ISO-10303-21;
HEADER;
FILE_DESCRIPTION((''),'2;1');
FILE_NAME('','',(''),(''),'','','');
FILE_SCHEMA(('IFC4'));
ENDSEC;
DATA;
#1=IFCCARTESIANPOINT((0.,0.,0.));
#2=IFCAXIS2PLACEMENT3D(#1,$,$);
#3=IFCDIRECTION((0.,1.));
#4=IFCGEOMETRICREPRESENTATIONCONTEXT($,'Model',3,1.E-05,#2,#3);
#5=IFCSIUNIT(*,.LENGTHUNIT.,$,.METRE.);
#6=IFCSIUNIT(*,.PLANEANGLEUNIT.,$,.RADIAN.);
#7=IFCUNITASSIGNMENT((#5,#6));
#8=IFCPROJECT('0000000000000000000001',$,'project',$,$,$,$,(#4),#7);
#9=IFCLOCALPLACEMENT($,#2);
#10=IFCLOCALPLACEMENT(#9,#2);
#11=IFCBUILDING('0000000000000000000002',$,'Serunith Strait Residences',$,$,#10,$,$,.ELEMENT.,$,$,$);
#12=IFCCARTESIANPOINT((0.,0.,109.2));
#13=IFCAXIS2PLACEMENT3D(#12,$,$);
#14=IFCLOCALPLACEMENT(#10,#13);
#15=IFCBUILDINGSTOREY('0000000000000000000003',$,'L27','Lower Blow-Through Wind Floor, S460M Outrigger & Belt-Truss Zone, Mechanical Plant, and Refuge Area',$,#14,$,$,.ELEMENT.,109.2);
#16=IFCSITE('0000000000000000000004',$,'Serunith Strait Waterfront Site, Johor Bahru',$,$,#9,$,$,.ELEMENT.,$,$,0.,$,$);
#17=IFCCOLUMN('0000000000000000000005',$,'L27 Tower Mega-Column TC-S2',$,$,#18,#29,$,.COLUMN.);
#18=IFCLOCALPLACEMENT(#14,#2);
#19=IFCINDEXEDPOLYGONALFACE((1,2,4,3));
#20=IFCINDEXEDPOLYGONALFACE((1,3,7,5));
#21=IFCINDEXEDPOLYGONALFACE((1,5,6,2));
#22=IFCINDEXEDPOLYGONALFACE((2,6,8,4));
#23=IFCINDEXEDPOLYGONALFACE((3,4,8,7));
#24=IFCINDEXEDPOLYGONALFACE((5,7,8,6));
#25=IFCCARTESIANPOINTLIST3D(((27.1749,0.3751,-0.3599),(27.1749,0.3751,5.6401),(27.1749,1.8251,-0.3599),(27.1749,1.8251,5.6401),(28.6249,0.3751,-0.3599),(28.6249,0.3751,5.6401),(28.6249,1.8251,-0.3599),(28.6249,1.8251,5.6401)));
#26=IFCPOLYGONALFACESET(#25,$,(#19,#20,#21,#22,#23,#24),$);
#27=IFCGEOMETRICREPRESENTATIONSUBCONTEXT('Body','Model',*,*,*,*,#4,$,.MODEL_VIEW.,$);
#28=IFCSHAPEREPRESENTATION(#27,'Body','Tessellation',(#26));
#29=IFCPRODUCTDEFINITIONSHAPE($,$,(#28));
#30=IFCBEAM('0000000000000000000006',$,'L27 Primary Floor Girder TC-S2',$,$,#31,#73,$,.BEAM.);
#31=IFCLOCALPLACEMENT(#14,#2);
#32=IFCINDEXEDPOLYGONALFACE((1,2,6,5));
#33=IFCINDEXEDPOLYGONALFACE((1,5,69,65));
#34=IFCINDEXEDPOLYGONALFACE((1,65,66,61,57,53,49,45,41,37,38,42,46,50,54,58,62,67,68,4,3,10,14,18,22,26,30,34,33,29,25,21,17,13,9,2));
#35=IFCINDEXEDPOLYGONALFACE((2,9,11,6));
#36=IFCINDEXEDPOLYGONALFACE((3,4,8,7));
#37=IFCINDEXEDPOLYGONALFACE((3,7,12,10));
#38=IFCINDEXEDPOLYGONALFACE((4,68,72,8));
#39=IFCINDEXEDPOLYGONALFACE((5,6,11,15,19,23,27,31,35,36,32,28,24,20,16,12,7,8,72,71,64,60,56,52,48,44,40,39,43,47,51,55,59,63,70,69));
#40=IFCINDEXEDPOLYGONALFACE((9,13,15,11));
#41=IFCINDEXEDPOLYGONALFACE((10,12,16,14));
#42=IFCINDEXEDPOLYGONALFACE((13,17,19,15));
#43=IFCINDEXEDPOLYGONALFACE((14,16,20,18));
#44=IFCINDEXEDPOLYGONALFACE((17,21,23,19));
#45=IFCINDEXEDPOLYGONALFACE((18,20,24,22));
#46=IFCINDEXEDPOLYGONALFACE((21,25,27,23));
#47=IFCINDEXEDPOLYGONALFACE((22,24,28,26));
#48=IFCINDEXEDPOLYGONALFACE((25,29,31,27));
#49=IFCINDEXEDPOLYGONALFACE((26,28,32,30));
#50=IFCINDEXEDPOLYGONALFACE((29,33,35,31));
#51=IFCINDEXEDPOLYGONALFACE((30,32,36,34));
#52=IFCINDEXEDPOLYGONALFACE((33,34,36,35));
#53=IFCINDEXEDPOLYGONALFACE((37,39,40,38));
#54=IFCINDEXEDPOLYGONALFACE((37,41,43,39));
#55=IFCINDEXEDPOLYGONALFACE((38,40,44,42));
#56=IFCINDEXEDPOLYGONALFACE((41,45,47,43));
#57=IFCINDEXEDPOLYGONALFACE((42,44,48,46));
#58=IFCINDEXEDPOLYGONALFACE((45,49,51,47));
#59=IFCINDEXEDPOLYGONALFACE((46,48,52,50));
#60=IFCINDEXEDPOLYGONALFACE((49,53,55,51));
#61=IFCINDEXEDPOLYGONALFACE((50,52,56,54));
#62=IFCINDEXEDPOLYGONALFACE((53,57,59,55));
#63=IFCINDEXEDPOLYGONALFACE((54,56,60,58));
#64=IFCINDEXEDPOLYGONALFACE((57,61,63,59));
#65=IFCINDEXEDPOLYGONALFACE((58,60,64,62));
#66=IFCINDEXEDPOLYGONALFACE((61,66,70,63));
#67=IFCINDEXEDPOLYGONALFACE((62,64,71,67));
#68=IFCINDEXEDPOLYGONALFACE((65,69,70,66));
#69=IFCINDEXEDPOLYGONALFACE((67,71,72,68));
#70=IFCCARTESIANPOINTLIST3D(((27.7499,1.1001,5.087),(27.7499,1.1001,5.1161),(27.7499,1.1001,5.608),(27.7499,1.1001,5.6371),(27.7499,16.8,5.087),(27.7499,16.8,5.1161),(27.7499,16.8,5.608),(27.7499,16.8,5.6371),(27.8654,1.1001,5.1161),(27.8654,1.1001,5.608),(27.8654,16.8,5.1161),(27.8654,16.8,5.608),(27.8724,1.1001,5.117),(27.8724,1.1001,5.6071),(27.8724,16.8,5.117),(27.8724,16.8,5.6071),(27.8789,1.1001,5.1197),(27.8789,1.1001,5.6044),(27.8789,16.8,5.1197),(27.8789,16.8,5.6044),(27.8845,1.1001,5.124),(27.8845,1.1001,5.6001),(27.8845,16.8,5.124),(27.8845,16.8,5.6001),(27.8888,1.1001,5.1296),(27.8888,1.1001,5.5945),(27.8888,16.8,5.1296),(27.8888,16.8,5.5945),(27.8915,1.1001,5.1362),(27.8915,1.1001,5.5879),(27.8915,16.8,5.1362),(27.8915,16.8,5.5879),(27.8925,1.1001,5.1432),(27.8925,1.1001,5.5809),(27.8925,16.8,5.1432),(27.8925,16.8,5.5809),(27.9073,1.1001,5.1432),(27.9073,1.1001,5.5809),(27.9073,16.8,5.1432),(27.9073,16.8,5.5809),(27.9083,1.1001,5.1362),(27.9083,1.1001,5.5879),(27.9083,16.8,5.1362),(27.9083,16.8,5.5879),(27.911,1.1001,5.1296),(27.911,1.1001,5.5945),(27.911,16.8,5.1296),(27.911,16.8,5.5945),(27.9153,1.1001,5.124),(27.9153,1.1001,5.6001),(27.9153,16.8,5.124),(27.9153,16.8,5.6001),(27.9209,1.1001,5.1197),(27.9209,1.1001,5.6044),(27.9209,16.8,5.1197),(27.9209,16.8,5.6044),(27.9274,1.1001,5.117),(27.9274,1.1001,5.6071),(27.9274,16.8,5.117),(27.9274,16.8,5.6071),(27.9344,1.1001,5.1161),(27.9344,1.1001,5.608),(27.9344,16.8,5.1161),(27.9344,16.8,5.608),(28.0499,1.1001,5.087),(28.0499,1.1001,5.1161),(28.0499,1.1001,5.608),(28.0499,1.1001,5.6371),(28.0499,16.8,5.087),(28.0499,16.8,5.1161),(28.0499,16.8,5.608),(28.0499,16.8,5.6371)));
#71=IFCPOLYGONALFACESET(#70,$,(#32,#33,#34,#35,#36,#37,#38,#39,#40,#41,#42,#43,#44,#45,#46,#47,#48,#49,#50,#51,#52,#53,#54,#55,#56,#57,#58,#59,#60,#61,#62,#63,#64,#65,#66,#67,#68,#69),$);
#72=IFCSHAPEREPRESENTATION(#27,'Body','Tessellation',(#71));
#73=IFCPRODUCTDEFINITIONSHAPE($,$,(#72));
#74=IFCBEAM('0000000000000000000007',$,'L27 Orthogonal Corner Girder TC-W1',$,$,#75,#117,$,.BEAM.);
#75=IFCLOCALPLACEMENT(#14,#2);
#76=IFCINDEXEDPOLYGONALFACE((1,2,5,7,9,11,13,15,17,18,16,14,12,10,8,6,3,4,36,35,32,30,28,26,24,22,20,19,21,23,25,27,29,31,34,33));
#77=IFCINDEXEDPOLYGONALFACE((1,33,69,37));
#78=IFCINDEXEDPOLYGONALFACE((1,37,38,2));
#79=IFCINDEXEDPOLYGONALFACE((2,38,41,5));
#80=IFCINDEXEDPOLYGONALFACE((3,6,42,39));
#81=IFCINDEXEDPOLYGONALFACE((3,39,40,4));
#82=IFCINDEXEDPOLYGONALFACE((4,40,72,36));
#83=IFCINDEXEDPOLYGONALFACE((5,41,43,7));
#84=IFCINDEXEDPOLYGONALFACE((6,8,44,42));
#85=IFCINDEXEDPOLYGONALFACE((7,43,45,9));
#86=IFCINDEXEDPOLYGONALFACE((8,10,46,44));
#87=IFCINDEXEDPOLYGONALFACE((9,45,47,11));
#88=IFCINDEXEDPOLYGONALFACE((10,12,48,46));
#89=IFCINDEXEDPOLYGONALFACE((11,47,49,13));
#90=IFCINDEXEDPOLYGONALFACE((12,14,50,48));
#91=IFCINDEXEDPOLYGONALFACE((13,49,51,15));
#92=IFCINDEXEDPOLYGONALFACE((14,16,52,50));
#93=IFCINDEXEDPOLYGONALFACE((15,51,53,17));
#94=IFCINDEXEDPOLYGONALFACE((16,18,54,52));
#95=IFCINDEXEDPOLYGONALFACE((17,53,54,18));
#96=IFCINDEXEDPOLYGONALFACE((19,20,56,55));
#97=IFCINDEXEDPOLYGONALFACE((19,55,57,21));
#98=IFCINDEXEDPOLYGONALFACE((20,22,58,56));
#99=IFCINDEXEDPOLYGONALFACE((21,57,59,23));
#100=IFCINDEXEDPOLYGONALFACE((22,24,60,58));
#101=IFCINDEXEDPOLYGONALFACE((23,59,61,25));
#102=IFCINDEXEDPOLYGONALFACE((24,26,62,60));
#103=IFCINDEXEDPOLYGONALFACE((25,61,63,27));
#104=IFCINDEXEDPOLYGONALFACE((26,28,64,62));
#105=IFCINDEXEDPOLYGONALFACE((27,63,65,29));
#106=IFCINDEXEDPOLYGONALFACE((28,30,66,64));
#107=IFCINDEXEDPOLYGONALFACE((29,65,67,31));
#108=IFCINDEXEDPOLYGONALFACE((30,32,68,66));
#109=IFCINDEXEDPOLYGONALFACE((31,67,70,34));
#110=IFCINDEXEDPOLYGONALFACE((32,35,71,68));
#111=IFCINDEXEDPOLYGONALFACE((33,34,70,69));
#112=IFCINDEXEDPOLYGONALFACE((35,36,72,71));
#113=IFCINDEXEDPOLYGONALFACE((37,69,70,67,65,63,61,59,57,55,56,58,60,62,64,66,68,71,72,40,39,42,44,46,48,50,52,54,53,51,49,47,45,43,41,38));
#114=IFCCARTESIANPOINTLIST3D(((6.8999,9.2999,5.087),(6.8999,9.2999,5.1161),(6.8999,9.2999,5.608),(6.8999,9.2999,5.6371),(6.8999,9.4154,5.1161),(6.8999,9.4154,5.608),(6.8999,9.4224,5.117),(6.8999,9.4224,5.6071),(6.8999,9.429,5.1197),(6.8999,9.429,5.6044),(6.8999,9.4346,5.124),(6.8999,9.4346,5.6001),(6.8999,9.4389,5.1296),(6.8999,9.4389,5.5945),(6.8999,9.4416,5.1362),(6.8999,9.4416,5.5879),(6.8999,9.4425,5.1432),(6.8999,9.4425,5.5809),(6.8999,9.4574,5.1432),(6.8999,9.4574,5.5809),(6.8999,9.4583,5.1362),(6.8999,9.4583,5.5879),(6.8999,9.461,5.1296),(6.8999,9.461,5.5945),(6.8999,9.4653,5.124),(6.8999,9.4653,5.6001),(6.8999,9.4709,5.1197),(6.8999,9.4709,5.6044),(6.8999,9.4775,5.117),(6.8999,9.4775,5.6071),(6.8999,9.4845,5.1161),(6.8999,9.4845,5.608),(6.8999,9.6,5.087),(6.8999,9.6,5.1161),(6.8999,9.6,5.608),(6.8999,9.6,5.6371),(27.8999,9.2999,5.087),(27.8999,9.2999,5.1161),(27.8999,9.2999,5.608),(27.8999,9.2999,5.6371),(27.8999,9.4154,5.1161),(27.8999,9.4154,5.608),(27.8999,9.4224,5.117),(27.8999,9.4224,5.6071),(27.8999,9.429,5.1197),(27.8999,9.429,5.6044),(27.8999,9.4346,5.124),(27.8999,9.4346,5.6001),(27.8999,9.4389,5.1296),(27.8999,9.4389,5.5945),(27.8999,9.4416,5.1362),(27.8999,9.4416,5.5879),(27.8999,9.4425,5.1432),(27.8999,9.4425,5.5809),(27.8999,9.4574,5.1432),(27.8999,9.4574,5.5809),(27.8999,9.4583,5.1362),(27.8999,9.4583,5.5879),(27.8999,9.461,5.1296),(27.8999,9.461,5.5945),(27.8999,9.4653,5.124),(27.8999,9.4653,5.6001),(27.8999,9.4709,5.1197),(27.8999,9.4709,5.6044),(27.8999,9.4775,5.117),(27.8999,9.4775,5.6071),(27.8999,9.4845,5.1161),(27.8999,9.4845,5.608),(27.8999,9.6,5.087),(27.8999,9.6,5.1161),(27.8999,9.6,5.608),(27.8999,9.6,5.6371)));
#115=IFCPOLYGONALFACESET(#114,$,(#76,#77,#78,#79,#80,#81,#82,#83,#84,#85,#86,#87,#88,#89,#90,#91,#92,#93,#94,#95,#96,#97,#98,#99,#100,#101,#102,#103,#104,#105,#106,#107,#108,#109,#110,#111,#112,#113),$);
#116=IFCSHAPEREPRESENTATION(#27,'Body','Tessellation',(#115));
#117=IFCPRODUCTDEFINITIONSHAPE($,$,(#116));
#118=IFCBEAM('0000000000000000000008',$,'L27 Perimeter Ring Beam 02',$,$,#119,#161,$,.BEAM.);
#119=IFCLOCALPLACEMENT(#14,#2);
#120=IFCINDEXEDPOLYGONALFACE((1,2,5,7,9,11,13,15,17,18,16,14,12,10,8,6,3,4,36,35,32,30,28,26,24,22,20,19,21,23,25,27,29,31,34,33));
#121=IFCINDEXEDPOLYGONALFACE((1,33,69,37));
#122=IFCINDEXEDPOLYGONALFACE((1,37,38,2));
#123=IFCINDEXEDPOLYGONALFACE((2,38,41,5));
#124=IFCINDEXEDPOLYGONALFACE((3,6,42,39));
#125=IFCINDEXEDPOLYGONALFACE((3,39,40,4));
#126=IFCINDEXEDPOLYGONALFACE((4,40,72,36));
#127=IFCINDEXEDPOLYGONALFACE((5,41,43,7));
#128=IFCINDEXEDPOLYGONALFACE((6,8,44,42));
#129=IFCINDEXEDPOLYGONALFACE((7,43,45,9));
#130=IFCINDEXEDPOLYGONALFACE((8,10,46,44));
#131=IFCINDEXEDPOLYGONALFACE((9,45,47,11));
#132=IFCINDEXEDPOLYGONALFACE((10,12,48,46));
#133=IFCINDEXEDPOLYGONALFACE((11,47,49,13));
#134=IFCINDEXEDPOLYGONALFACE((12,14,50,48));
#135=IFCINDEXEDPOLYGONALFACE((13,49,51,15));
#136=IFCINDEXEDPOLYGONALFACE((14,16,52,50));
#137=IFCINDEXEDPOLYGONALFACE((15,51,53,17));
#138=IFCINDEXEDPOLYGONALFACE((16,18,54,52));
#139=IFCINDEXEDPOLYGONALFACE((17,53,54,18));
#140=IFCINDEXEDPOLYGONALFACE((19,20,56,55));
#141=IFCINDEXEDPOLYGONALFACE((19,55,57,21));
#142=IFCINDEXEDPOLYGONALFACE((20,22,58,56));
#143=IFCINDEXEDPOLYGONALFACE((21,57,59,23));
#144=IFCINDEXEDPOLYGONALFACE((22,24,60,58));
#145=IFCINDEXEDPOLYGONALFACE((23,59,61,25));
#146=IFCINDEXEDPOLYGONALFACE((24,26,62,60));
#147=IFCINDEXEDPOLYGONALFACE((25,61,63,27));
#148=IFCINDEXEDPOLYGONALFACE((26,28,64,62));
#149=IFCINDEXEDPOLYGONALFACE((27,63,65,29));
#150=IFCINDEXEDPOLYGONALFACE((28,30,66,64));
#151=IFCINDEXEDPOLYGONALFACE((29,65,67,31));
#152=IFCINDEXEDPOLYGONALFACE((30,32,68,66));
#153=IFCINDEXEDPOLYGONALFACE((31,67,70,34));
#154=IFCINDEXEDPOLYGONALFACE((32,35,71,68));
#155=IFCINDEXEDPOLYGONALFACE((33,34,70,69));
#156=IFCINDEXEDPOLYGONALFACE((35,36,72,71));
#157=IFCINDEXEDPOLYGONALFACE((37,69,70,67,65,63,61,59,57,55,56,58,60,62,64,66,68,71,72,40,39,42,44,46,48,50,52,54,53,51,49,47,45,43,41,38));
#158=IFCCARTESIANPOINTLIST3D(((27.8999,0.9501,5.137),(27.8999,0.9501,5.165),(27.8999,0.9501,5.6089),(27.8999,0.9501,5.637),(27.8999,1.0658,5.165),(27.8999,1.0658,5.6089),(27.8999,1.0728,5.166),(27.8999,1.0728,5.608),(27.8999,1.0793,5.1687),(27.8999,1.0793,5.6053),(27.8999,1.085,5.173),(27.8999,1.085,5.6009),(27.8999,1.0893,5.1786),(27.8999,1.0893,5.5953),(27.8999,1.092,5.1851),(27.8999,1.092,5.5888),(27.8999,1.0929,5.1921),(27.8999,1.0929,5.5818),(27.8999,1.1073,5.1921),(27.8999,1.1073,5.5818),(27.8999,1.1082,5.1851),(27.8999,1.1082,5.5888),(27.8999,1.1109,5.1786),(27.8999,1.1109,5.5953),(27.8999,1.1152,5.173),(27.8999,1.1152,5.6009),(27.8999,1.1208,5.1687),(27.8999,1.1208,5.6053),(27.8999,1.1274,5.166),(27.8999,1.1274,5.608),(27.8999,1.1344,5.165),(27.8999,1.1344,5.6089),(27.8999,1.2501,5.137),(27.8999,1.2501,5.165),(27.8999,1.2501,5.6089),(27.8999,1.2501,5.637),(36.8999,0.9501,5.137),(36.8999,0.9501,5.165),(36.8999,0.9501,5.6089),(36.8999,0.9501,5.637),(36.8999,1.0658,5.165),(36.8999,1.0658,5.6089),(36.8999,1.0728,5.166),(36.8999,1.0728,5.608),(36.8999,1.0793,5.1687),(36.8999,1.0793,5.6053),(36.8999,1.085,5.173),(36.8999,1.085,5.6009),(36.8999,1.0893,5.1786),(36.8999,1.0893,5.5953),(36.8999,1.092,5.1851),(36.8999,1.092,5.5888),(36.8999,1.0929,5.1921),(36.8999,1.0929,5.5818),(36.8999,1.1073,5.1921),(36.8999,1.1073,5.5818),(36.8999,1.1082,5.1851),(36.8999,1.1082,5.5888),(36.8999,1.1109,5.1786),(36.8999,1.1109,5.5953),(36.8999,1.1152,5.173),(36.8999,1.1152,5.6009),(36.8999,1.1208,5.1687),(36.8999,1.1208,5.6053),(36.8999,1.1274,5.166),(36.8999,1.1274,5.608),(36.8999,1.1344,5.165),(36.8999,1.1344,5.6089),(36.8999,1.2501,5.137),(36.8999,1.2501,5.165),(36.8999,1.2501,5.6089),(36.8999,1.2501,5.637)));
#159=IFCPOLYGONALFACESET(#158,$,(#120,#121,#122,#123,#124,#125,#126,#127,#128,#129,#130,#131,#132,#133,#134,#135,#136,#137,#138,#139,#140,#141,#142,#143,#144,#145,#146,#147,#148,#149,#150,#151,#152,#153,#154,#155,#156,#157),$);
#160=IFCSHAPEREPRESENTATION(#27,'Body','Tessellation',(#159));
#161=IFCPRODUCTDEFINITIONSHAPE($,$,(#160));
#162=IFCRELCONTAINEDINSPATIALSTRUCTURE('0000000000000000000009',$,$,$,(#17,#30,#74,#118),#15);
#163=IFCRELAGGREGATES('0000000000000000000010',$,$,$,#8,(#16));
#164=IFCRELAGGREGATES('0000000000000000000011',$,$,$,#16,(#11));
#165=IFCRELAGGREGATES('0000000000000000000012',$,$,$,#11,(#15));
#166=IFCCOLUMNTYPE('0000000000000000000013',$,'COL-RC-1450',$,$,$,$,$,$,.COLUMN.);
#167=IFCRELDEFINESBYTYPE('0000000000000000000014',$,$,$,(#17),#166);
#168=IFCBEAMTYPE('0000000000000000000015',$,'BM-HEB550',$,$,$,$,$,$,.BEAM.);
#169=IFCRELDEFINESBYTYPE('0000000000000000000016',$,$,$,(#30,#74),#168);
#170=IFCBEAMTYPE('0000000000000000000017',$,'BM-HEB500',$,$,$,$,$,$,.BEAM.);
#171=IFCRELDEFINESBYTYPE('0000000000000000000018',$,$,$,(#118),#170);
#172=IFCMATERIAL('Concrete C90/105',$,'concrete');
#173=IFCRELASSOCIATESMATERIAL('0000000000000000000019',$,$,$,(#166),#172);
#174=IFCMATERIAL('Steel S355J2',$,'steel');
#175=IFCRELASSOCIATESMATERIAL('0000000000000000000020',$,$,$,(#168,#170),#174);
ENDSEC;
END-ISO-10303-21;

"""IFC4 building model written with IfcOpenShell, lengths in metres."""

from ifc_helpers import new_model, si_unit, direction, frame, origin, origin_2d, place, context, subcontext, project, spatial, rectangle, i_section, extrude, source, transform, mapped, material, material_profile, profile_set, type_object, element, save


model = new_model("IFC4")

# Units and contexts
model_context = context("Model", 3, precision=1e-05, world=origin(), true_north=direction((0.0, 1.0)))
body_context = subcontext(model_context, "Body", "Model", "MODEL_VIEW")
ifc_project = project(units=[si_unit("LENGTHUNIT", "METRE"), si_unit("PLANEANGLEUNIT", "RADIAN")], contexts=[model_context])

# Site, building, storey
site_placement = place(None, origin())
site = spatial("IfcSite", under=ifc_project, at=site_placement, Name="Serunith Strait Waterfront Site, Johor Bahru", CompositionType="ELEMENT", RefElevation=0.0)
building_placement = place(site_placement, origin())
building = spatial("IfcBuilding", under=site, at=building_placement, Name="Serunith Strait Residences", CompositionType="ELEMENT")
storey_placement = place(building_placement, frame((0.0, 0.0, 109.2)))
storey = spatial("IfcBuildingStorey", under=building, at=storey_placement, Name="L27", Description="Lower Blow-Through Wind Floor, S460M Outrigger & Belt-Truss Zone, Mechanical Plant, and Refuge Area", CompositionType="ELEMENT", Elevation=109.2)

# Column
ifc_material_1 = material(Name="Concrete C90/105", Category="concrete")
ifc_material_profile_1 = material_profile(ifc_material_1, rectangle(XDim=1.45, YDim=1.45, at=origin_2d()), Name="RC 1450x1450")
ifc_profile_set_1 = profile_set([ifc_material_profile_1], Name="Concrete C90/105")
column_type = type_object("IfcColumnType", Name="COL-RC-1450", PredefinedType="COLUMN", material=ifc_profile_set_1)
shared_shape_1 = source(origin(), body_context, "Body", "SweptSolid", [
    extrude(rectangle(XDim=1.45, YDim=1.45, at=origin_2d()), origin(), (0.0, 0.0, 1.0), 6.0),
])
column_placement = place(storey_placement, frame((27.8999, 1.1001, -0.3599), z_axis=(0.0, 0.0, 1.0), x_axis=(1.0, 0.0, 0.0)))
element("IfcColumn", 1, at=column_placement, inside=storey, type_object=column_type, Name="L27 Tower Mega-Column TC-S2", PredefinedType="COLUMN", context=body_context, shape_type="MappedRepresentation", body=[
    mapped(shared_shape_1, transform((0.0, 0.0, 0.0), scale=1.0)),
])

# Beams
ifc_material_2 = material(Name="Steel S355J2", Category="steel")
ifc_material_profile_2 = material_profile(ifc_material_2, i_section(OverallWidth=0.3, OverallDepth=0.55, WebThickness=0.0149, FlangeThickness=0.0291, FilletRadius=0.0271, at=origin_2d()), Name="HEB 550")
ifc_profile_set_2 = profile_set([ifc_material_profile_2], Name="Steel S355J2")
beam_type_1 = type_object("IfcBeamType", Name="BM-HEB550", PredefinedType="BEAM", material=ifc_profile_set_2)
shared_shape_2 = source(origin(), body_context, "Body", "SweptSolid", [
    extrude(i_section(OverallWidth=0.3, OverallDepth=0.55, WebThickness=0.0149, FlangeThickness=0.0291, FilletRadius=0.0271, at=origin_2d()), origin(), (0.0, 0.0, 1.0), 15.7),
])
beam_1_placement = place(storey_placement, frame((27.8999, 16.8, 5.3621), z_axis=(0.0, -1.0, 0.0), x_axis=(1.0, 0.0, 0.0)))
element("IfcBeam", 2, at=beam_1_placement, inside=storey, type_object=beam_type_1, Name="L27 Primary Floor Girder TC-S2", PredefinedType="BEAM", context=body_context, shape_type="MappedRepresentation", body=[
    mapped(shared_shape_2, transform((0.0, 0.0, 0.0), scale=1.0)),
])
shared_shape_3 = source(origin(), body_context, "Body", "SweptSolid", [
    extrude(i_section(OverallWidth=0.3, OverallDepth=0.55, WebThickness=0.0149, FlangeThickness=0.0291, FilletRadius=0.0271, at=origin_2d()), origin(), (0.0, 0.0, 1.0), 21.0),
])
beam_2_placement = place(storey_placement, frame((27.8999, 9.45, 5.3621), z_axis=(-1.0, 0.0, 0.0), x_axis=(0.0, -1.0, 0.0)))
element("IfcBeam", 3, at=beam_2_placement, inside=storey, type_object=beam_type_1, Name="L27 Orthogonal Corner Girder TC-W1", PredefinedType="BEAM", context=body_context, shape_type="MappedRepresentation", body=[
    mapped(shared_shape_3, transform((0.0, 0.0, 0.0), scale=1.0)),
])
ifc_material_profile_3 = material_profile(ifc_material_2, i_section(OverallWidth=0.3, OverallDepth=0.5, WebThickness=0.0144, FlangeThickness=0.0281, FilletRadius=0.0271, at=origin_2d()), Name="HEB 500")
ifc_profile_set_3 = profile_set([ifc_material_profile_3], Name="Steel S355J2")
beam_type_2 = type_object("IfcBeamType", Name="BM-HEB500", PredefinedType="BEAM", material=ifc_profile_set_3)
shared_shape_4 = source(origin(), body_context, "Body", "SweptSolid", [
    extrude(i_section(OverallWidth=0.3, OverallDepth=0.5, WebThickness=0.0144, FlangeThickness=0.0281, FilletRadius=0.0271, at=origin_2d()), origin(), (0.0, 0.0, 1.0), 9.0),
])
beam_3_placement = place(storey_placement, frame((27.8999, 1.1001, 5.387), z_axis=(1.0, 0.0, 0.0), x_axis=(0.0, 1.0, 0.0)))
element("IfcBeam", 4, at=beam_3_placement, inside=storey, type_object=beam_type_2, Name="L27 Perimeter Ring Beam 02", PredefinedType="BEAM", context=body_context, shape_type="MappedRepresentation", body=[
    mapped(shared_shape_4, transform((0.0, 0.0, 0.0), scale=1.0)),
])

save(model, "model.ifc")
